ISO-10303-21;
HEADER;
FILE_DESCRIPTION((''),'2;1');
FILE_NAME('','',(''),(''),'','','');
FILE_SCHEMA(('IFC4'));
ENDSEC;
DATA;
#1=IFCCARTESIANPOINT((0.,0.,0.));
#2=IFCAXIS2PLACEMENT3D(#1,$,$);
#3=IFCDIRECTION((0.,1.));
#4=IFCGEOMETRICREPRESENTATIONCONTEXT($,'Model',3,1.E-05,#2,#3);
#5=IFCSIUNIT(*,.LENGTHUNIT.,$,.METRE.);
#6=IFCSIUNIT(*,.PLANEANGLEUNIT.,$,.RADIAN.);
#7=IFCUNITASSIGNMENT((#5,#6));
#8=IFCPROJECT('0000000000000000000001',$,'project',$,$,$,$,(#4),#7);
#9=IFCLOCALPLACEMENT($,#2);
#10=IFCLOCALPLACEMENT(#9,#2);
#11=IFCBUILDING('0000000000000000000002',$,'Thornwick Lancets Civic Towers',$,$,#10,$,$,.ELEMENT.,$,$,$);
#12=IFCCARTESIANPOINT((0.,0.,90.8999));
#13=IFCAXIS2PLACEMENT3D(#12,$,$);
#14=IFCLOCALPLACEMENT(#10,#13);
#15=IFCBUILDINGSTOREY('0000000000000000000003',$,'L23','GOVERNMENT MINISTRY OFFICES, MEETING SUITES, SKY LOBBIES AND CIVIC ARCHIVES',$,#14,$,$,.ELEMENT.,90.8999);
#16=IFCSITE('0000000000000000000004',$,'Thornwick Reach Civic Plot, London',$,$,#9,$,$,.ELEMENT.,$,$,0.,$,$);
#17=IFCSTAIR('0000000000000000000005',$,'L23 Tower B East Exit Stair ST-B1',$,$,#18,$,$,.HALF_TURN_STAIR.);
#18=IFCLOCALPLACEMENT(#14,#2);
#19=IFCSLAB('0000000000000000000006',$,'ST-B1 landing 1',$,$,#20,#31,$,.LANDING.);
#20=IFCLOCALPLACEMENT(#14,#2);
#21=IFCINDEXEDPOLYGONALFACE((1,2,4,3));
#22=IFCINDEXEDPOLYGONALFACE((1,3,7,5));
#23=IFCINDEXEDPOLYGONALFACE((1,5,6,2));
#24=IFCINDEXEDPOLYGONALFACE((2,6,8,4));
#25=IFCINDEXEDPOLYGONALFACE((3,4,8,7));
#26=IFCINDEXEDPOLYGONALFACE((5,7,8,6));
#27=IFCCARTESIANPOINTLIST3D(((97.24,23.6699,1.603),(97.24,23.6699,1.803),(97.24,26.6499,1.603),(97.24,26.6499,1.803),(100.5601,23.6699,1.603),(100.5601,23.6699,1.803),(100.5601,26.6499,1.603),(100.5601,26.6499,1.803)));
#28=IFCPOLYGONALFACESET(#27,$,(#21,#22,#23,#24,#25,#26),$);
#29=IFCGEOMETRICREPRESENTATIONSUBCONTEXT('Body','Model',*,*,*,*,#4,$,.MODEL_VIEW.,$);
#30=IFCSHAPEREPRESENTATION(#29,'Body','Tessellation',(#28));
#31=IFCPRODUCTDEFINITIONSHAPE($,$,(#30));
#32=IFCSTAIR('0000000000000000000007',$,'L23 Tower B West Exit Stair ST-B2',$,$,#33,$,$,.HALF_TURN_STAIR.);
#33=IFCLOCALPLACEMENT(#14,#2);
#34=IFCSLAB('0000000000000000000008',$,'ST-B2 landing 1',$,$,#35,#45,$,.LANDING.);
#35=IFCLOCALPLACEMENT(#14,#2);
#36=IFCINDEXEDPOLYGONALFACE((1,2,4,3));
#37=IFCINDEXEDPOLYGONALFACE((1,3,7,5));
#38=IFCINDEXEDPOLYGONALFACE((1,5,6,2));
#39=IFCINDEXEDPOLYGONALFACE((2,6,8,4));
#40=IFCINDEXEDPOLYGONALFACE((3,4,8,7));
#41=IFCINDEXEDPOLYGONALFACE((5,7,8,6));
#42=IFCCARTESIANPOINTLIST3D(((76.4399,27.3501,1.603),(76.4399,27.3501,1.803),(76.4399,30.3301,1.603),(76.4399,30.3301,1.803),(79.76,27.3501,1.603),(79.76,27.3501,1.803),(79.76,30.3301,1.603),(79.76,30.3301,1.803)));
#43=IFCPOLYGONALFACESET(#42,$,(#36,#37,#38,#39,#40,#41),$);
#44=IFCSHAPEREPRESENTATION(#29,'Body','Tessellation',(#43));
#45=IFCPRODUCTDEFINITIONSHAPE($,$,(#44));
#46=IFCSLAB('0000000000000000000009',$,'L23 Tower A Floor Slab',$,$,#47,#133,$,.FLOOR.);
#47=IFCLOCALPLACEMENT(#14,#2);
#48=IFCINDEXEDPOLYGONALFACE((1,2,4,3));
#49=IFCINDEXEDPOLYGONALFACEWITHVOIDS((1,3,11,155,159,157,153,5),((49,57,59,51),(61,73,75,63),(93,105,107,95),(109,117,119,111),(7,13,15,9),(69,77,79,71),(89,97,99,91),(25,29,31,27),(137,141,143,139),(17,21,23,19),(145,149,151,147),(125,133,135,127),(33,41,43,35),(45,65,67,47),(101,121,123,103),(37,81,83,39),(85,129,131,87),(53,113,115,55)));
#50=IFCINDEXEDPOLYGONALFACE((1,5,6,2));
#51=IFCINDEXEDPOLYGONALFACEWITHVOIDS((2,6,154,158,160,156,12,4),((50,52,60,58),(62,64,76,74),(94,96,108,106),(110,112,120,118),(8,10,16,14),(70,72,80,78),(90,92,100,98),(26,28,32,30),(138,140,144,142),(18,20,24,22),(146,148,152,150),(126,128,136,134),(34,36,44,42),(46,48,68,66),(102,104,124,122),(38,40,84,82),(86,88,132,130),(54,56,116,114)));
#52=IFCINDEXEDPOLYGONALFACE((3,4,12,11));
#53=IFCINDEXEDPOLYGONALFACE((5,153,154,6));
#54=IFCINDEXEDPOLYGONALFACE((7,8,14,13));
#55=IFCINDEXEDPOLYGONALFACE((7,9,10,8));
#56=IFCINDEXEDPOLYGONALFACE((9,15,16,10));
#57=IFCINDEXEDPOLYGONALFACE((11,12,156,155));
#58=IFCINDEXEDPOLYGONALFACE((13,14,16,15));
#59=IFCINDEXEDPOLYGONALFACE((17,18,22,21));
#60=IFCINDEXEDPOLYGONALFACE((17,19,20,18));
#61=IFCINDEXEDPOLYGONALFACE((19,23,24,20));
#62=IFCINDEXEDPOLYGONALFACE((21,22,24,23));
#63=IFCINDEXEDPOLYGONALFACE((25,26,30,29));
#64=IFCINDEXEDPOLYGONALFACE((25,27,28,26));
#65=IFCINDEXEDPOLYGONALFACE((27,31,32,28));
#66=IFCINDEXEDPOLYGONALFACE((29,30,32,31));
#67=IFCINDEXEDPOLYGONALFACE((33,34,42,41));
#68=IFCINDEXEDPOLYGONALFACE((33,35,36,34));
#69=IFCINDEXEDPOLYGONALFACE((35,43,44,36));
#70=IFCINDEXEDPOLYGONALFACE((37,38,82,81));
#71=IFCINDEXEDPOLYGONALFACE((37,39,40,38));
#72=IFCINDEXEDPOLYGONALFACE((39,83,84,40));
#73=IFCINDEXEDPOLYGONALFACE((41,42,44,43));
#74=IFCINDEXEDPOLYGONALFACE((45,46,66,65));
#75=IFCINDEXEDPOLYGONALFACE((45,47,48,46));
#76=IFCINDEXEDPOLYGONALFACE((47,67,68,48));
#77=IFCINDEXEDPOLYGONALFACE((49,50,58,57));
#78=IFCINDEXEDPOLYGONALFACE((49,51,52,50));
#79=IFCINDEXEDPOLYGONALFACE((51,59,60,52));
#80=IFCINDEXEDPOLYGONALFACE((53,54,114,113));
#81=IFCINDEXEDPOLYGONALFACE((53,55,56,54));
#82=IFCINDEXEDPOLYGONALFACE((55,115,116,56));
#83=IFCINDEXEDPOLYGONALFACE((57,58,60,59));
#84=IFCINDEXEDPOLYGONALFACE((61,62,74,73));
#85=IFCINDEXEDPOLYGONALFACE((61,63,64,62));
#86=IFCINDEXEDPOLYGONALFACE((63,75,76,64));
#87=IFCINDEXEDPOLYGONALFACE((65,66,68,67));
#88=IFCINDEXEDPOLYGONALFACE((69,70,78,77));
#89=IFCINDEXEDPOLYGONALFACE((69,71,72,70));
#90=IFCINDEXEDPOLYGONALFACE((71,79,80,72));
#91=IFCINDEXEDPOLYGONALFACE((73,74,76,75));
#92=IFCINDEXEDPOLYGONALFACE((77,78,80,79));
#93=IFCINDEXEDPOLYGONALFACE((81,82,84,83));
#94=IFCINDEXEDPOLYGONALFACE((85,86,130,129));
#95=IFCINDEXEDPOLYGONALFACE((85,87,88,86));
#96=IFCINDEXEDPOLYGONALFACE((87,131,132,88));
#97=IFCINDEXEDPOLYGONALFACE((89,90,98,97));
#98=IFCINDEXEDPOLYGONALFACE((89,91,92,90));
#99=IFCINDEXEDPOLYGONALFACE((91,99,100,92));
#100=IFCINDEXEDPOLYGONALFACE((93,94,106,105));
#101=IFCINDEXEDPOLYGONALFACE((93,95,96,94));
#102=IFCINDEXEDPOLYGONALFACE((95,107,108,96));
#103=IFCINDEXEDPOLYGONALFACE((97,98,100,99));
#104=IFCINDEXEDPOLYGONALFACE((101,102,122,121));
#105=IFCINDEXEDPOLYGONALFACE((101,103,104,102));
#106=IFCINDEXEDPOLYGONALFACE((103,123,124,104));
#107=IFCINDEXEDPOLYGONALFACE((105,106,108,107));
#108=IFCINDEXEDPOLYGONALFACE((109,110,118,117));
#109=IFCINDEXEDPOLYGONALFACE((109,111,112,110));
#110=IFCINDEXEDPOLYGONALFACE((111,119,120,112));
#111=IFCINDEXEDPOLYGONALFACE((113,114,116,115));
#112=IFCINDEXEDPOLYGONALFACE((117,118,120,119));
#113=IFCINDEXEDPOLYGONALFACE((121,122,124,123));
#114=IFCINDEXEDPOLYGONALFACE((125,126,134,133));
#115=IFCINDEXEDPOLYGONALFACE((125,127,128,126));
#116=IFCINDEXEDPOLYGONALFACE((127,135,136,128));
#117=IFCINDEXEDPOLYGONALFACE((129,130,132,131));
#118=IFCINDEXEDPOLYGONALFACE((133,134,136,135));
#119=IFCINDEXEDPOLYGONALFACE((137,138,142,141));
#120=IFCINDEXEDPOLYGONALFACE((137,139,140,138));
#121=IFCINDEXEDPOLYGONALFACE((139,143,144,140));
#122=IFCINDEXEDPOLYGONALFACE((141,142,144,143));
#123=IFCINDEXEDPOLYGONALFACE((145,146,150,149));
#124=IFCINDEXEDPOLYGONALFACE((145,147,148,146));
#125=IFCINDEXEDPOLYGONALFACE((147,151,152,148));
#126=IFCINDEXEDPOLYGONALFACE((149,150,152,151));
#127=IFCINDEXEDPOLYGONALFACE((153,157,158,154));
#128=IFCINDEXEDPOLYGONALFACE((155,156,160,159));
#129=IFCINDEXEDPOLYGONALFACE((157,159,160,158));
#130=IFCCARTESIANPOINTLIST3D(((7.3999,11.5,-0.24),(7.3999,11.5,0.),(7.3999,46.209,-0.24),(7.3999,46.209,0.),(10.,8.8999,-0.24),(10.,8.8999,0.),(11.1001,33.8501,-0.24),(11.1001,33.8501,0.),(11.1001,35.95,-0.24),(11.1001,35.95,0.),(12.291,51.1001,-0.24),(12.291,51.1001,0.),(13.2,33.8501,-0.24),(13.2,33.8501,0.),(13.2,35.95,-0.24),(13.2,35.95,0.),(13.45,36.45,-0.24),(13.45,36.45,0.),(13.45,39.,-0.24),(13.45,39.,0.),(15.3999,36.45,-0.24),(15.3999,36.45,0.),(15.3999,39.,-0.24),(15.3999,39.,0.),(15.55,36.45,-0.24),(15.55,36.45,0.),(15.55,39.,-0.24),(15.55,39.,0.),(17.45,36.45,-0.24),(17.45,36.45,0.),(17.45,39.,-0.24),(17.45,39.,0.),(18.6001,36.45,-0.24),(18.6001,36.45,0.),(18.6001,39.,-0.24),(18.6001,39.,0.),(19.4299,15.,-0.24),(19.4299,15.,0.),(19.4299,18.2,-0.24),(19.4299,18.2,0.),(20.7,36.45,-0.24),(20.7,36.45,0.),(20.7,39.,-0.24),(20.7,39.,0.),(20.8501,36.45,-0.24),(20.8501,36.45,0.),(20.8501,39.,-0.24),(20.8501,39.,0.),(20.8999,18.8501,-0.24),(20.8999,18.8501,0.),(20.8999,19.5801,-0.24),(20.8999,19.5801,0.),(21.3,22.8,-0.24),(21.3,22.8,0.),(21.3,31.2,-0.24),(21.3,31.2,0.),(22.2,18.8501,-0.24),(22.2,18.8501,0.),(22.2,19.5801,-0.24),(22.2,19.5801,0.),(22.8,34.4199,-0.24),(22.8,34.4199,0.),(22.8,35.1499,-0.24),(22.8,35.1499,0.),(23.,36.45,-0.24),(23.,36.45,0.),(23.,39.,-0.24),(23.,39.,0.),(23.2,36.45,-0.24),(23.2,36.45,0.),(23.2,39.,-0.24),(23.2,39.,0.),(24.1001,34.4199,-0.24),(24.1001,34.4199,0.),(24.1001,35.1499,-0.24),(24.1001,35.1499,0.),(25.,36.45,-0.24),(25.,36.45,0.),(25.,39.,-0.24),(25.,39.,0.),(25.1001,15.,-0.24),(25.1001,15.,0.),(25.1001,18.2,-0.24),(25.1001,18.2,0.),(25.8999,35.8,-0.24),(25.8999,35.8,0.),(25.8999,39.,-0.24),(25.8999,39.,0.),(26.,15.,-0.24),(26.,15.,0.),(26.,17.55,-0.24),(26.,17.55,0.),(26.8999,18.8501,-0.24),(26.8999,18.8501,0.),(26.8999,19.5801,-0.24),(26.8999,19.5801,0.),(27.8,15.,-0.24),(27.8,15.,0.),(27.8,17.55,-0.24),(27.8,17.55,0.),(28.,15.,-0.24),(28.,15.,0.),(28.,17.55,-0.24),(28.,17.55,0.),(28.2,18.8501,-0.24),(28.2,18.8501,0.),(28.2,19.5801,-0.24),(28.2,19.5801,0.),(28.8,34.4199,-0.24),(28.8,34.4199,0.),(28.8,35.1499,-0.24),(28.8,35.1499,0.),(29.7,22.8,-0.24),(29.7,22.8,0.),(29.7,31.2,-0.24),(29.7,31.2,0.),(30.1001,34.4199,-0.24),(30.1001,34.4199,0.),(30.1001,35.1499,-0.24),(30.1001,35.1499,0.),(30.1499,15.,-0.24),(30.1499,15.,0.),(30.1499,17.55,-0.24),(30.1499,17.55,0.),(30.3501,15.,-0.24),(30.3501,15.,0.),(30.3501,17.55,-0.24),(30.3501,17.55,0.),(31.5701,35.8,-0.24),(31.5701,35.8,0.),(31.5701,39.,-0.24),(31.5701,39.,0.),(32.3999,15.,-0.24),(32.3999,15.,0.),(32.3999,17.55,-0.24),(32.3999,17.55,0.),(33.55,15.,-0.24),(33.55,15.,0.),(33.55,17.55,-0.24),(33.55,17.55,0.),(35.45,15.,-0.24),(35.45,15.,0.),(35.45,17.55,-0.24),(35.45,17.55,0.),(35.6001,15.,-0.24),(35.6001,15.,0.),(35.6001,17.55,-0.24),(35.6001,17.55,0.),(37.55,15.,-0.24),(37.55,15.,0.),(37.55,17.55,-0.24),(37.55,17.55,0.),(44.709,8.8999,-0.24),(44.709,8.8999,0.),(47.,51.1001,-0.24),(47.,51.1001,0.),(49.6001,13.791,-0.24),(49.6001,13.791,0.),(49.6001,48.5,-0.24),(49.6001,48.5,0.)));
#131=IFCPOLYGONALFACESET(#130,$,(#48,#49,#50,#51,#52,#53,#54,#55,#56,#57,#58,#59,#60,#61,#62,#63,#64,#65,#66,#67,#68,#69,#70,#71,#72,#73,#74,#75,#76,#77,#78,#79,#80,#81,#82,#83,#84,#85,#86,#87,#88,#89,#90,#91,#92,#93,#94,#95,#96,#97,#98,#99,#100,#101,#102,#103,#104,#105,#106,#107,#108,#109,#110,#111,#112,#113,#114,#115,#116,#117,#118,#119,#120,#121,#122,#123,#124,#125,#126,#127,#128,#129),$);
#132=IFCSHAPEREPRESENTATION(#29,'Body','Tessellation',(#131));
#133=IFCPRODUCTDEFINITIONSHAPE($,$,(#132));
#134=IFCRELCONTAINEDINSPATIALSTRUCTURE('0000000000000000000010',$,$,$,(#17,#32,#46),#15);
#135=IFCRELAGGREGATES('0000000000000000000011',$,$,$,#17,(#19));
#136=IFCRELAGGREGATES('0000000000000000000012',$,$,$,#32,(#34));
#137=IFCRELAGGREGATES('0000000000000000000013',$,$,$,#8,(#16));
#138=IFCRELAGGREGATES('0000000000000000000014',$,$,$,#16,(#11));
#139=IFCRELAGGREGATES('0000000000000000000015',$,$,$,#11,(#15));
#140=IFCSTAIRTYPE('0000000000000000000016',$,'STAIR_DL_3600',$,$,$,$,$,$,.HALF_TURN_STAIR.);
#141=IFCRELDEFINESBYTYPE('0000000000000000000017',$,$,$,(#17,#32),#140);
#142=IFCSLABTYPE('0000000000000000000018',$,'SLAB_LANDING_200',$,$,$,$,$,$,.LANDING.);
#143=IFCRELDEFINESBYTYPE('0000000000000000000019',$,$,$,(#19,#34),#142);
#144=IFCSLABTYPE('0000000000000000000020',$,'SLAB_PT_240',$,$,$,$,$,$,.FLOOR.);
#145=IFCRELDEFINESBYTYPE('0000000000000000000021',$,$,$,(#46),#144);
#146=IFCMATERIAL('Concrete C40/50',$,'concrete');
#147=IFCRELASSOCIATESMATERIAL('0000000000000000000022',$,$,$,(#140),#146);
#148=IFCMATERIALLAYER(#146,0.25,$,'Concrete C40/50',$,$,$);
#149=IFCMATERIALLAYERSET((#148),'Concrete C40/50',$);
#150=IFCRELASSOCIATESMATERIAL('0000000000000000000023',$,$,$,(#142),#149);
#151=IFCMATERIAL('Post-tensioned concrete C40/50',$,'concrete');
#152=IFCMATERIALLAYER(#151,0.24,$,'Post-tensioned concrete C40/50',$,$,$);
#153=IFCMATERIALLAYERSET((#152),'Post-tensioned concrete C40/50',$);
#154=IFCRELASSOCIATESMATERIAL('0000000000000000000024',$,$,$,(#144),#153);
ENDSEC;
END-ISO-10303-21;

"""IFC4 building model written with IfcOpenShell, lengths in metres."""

from ifc_helpers import new_model, si_unit, direction, frame, origin, place, context, subcontext, project, spatial, polyline, outline, extrude, material, layer, layer_set, type_object, element, aggregate, save


model = new_model("IFC4")

# Units and contexts
model_context = context("Model", 3, precision=1e-05, world=origin(), true_north=direction((0.0, 1.0)))
body_context = subcontext(model_context, "Body", "Model", "MODEL_VIEW")
ifc_project = project(units=[si_unit("LENGTHUNIT", "METRE"), si_unit("PLANEANGLEUNIT", "RADIAN")], contexts=[model_context])

# Site, building, storey
site_placement = place(None, origin())
site = spatial("IfcSite", under=ifc_project, at=site_placement, Name="Thornwick Reach Civic Plot, London", CompositionType="ELEMENT", RefElevation=0.0)
building_placement = place(site_placement, origin())
building = spatial("IfcBuilding", under=site, at=building_placement, Name="Thornwick Lancets Civic Towers", CompositionType="ELEMENT")
storey_placement = place(building_placement, frame((0.0, 0.0, 90.8999)))
storey = spatial("IfcBuildingStorey", under=building, at=storey_placement, Name="L23", Description="GOVERNMENT MINISTRY OFFICES, MEETING SUITES, SKY LOBBIES AND CIVIC ARCHIVES", CompositionType="ELEMENT", Elevation=90.8999)

# Shared definitions
ifc_material_1 = material(Name="Post-tensioned concrete C40/50", Category="concrete")

# Stairs, slabs
ifc_material_2 = material(Name="Concrete C40/50", Category="concrete")
stair_type = type_object("IfcStairType", Name="STAIR_DL_3600", PredefinedType="HALF_TURN_STAIR", material=ifc_material_2)
ifc_layer_1 = layer(ifc_material_2, 0.25, Name="Concrete C40/50")
ifc_layer_set_1 = layer_set([ifc_layer_1], Name="Concrete C40/50")
slab_type_1 = type_object("IfcSlabType", Name="SLAB_LANDING_200", PredefinedType="LANDING", material=ifc_layer_set_1)
stair_1_placement = place(storey_placement, origin())
stair_1 = element("IfcStair", 1, at=stair_1_placement, inside=storey, type_object=stair_type, Name="L23 Tower B East Exit Stair ST-B1", PredefinedType="HALF_TURN_STAIR")
slab_1_placement = place(storey_placement, frame((0.0, 0.0, 1.603)))
slab_1 = element("IfcSlab", 2, at=slab_1_placement, type_object=slab_type_1, Name="ST-B1 landing 1", PredefinedType="LANDING", context=body_context, shape_type="SweptSolid", body=[
    extrude(outline(polyline([(100.5601, 23.6699), (100.5601, 26.6499), (97.24, 26.6499), (97.24, 23.6699), (100.5601, 23.6699)])), origin(), (0.0, 0.0, 1.0), 0.2),
])
aggregate(stair_1, [slab_1])
stair_2_placement = place(storey_placement, origin())
stair_2 = element("IfcStair", 3, at=stair_2_placement, inside=storey, type_object=stair_type, Name="L23 Tower B West Exit Stair ST-B2", PredefinedType="HALF_TURN_STAIR")
slab_2_placement = place(storey_placement, frame((0.0, 0.0, 1.603)))
slab_2 = element("IfcSlab", 4, at=slab_2_placement, type_object=slab_type_1, Name="ST-B2 landing 1", PredefinedType="LANDING", context=body_context, shape_type="SweptSolid", body=[
    extrude(outline(polyline([(76.4399, 30.3301), (76.4399, 27.3501), (79.76, 27.3501), (79.76, 30.3301), (76.4399, 30.3301)])), origin(), (0.0, 0.0, 1.0), 0.2),
])
aggregate(stair_2, [slab_2])

# Slab
ifc_layer_2 = layer(ifc_material_1, 0.24, Name="Post-tensioned concrete C40/50")
ifc_layer_set_2 = layer_set([ifc_layer_2], Name="Post-tensioned concrete C40/50")
slab_type_2 = type_object("IfcSlabType", Name="SLAB_PT_240", PredefinedType="FLOOR", material=ifc_layer_set_2)
slab_3_placement = place(storey_placement, frame((0.0, 0.0, -0.24)))
element("IfcSlab", 5, at=slab_3_placement, inside=storey, type_object=slab_type_2, Name="L23 Tower A Floor Slab", PredefinedType="FLOOR", context=body_context, shape_type="SweptSolid", body=[
    extrude(outline(polyline([(10.0, 8.8999), (44.709, 8.8999), (49.6001, 13.791), (49.6001, 48.5), (47.0, 51.1001), (12.291, 51.1001), (7.3999, 46.209), (7.3999, 11.5), (10.0, 8.8999)]), holes=[polyline([(21.3, 22.8), (29.7, 22.8), (29.7, 31.2), (21.3, 31.2), (21.3, 22.8)]), polyline([(19.4299, 15.0), (25.1001, 15.0), (25.1001, 18.2), (19.4299, 18.2), (19.4299, 15.0)]), polyline([(31.5701, 39.0), (25.8999, 39.0), (25.8999, 35.8), (31.5701, 35.8), (31.5701, 39.0)]), polyline([(26.0, 15.0), (27.8, 15.0), (27.8, 17.55), (26.0, 17.55), (26.0, 15.0)]), polyline([(28.0, 15.0), (30.1499, 15.0), (30.1499, 17.55), (28.0, 17.55), (28.0, 15.0)]), polyline([(30.3501, 15.0), (32.3999, 15.0), (32.3999, 17.55), (30.3501, 17.55), (30.3501, 15.0)]), polyline([(33.55, 15.0), (35.45, 15.0), (35.45, 17.55), (33.55, 17.55), (33.55, 15.0)]), polyline([(35.6001, 15.0), (37.55, 15.0), (37.55, 17.55), (35.6001, 17.55), (35.6001, 15.0)]), polyline([(23.2, 36.45), (25.0, 36.45), (25.0, 39.0), (23.2, 39.0), (23.2, 36.45)]), polyline([(20.8501, 36.45), (23.0, 36.45), (23.0, 39.0), (20.8501, 39.0), (20.8501, 36.45)]), polyline([(18.6001, 36.45), (20.7, 36.45), (20.7, 39.0), (18.6001, 39.0), (18.6001, 36.45)]), polyline([(15.55, 36.45), (17.45, 36.45), (17.45, 39.0), (15.55, 39.0), (15.55, 36.45)]), polyline([(13.45, 36.45), (15.3999, 36.45), (15.3999, 39.0), (13.45, 39.0), (13.45, 36.45)]), polyline([(11.1001, 33.8501), (13.2, 33.8501), (13.2, 35.95), (11.1001, 35.95), (11.1001, 33.8501)]), polyline([(26.8999, 18.8501), (28.2, 18.8501), (28.2, 19.5801), (26.8999, 19.5801), (26.8999, 18.8501)]), polyline([(20.8999, 18.8501), (22.2, 18.8501), (22.2, 19.5801), (20.8999, 19.5801), (20.8999, 18.8501)]), polyline([(22.8, 34.4199), (24.1001, 34.4199), (24.1001, 35.1499), (22.8, 35.1499), (22.8, 34.4199)]), polyline([(28.8, 34.4199), (30.1001, 34.4199), (30.1001, 35.1499), (28.8, 35.1499), (28.8, 34.4199)])]), origin(), (0.0, 0.0, 1.0), 0.24),
])

save(model, "model.ifc")
